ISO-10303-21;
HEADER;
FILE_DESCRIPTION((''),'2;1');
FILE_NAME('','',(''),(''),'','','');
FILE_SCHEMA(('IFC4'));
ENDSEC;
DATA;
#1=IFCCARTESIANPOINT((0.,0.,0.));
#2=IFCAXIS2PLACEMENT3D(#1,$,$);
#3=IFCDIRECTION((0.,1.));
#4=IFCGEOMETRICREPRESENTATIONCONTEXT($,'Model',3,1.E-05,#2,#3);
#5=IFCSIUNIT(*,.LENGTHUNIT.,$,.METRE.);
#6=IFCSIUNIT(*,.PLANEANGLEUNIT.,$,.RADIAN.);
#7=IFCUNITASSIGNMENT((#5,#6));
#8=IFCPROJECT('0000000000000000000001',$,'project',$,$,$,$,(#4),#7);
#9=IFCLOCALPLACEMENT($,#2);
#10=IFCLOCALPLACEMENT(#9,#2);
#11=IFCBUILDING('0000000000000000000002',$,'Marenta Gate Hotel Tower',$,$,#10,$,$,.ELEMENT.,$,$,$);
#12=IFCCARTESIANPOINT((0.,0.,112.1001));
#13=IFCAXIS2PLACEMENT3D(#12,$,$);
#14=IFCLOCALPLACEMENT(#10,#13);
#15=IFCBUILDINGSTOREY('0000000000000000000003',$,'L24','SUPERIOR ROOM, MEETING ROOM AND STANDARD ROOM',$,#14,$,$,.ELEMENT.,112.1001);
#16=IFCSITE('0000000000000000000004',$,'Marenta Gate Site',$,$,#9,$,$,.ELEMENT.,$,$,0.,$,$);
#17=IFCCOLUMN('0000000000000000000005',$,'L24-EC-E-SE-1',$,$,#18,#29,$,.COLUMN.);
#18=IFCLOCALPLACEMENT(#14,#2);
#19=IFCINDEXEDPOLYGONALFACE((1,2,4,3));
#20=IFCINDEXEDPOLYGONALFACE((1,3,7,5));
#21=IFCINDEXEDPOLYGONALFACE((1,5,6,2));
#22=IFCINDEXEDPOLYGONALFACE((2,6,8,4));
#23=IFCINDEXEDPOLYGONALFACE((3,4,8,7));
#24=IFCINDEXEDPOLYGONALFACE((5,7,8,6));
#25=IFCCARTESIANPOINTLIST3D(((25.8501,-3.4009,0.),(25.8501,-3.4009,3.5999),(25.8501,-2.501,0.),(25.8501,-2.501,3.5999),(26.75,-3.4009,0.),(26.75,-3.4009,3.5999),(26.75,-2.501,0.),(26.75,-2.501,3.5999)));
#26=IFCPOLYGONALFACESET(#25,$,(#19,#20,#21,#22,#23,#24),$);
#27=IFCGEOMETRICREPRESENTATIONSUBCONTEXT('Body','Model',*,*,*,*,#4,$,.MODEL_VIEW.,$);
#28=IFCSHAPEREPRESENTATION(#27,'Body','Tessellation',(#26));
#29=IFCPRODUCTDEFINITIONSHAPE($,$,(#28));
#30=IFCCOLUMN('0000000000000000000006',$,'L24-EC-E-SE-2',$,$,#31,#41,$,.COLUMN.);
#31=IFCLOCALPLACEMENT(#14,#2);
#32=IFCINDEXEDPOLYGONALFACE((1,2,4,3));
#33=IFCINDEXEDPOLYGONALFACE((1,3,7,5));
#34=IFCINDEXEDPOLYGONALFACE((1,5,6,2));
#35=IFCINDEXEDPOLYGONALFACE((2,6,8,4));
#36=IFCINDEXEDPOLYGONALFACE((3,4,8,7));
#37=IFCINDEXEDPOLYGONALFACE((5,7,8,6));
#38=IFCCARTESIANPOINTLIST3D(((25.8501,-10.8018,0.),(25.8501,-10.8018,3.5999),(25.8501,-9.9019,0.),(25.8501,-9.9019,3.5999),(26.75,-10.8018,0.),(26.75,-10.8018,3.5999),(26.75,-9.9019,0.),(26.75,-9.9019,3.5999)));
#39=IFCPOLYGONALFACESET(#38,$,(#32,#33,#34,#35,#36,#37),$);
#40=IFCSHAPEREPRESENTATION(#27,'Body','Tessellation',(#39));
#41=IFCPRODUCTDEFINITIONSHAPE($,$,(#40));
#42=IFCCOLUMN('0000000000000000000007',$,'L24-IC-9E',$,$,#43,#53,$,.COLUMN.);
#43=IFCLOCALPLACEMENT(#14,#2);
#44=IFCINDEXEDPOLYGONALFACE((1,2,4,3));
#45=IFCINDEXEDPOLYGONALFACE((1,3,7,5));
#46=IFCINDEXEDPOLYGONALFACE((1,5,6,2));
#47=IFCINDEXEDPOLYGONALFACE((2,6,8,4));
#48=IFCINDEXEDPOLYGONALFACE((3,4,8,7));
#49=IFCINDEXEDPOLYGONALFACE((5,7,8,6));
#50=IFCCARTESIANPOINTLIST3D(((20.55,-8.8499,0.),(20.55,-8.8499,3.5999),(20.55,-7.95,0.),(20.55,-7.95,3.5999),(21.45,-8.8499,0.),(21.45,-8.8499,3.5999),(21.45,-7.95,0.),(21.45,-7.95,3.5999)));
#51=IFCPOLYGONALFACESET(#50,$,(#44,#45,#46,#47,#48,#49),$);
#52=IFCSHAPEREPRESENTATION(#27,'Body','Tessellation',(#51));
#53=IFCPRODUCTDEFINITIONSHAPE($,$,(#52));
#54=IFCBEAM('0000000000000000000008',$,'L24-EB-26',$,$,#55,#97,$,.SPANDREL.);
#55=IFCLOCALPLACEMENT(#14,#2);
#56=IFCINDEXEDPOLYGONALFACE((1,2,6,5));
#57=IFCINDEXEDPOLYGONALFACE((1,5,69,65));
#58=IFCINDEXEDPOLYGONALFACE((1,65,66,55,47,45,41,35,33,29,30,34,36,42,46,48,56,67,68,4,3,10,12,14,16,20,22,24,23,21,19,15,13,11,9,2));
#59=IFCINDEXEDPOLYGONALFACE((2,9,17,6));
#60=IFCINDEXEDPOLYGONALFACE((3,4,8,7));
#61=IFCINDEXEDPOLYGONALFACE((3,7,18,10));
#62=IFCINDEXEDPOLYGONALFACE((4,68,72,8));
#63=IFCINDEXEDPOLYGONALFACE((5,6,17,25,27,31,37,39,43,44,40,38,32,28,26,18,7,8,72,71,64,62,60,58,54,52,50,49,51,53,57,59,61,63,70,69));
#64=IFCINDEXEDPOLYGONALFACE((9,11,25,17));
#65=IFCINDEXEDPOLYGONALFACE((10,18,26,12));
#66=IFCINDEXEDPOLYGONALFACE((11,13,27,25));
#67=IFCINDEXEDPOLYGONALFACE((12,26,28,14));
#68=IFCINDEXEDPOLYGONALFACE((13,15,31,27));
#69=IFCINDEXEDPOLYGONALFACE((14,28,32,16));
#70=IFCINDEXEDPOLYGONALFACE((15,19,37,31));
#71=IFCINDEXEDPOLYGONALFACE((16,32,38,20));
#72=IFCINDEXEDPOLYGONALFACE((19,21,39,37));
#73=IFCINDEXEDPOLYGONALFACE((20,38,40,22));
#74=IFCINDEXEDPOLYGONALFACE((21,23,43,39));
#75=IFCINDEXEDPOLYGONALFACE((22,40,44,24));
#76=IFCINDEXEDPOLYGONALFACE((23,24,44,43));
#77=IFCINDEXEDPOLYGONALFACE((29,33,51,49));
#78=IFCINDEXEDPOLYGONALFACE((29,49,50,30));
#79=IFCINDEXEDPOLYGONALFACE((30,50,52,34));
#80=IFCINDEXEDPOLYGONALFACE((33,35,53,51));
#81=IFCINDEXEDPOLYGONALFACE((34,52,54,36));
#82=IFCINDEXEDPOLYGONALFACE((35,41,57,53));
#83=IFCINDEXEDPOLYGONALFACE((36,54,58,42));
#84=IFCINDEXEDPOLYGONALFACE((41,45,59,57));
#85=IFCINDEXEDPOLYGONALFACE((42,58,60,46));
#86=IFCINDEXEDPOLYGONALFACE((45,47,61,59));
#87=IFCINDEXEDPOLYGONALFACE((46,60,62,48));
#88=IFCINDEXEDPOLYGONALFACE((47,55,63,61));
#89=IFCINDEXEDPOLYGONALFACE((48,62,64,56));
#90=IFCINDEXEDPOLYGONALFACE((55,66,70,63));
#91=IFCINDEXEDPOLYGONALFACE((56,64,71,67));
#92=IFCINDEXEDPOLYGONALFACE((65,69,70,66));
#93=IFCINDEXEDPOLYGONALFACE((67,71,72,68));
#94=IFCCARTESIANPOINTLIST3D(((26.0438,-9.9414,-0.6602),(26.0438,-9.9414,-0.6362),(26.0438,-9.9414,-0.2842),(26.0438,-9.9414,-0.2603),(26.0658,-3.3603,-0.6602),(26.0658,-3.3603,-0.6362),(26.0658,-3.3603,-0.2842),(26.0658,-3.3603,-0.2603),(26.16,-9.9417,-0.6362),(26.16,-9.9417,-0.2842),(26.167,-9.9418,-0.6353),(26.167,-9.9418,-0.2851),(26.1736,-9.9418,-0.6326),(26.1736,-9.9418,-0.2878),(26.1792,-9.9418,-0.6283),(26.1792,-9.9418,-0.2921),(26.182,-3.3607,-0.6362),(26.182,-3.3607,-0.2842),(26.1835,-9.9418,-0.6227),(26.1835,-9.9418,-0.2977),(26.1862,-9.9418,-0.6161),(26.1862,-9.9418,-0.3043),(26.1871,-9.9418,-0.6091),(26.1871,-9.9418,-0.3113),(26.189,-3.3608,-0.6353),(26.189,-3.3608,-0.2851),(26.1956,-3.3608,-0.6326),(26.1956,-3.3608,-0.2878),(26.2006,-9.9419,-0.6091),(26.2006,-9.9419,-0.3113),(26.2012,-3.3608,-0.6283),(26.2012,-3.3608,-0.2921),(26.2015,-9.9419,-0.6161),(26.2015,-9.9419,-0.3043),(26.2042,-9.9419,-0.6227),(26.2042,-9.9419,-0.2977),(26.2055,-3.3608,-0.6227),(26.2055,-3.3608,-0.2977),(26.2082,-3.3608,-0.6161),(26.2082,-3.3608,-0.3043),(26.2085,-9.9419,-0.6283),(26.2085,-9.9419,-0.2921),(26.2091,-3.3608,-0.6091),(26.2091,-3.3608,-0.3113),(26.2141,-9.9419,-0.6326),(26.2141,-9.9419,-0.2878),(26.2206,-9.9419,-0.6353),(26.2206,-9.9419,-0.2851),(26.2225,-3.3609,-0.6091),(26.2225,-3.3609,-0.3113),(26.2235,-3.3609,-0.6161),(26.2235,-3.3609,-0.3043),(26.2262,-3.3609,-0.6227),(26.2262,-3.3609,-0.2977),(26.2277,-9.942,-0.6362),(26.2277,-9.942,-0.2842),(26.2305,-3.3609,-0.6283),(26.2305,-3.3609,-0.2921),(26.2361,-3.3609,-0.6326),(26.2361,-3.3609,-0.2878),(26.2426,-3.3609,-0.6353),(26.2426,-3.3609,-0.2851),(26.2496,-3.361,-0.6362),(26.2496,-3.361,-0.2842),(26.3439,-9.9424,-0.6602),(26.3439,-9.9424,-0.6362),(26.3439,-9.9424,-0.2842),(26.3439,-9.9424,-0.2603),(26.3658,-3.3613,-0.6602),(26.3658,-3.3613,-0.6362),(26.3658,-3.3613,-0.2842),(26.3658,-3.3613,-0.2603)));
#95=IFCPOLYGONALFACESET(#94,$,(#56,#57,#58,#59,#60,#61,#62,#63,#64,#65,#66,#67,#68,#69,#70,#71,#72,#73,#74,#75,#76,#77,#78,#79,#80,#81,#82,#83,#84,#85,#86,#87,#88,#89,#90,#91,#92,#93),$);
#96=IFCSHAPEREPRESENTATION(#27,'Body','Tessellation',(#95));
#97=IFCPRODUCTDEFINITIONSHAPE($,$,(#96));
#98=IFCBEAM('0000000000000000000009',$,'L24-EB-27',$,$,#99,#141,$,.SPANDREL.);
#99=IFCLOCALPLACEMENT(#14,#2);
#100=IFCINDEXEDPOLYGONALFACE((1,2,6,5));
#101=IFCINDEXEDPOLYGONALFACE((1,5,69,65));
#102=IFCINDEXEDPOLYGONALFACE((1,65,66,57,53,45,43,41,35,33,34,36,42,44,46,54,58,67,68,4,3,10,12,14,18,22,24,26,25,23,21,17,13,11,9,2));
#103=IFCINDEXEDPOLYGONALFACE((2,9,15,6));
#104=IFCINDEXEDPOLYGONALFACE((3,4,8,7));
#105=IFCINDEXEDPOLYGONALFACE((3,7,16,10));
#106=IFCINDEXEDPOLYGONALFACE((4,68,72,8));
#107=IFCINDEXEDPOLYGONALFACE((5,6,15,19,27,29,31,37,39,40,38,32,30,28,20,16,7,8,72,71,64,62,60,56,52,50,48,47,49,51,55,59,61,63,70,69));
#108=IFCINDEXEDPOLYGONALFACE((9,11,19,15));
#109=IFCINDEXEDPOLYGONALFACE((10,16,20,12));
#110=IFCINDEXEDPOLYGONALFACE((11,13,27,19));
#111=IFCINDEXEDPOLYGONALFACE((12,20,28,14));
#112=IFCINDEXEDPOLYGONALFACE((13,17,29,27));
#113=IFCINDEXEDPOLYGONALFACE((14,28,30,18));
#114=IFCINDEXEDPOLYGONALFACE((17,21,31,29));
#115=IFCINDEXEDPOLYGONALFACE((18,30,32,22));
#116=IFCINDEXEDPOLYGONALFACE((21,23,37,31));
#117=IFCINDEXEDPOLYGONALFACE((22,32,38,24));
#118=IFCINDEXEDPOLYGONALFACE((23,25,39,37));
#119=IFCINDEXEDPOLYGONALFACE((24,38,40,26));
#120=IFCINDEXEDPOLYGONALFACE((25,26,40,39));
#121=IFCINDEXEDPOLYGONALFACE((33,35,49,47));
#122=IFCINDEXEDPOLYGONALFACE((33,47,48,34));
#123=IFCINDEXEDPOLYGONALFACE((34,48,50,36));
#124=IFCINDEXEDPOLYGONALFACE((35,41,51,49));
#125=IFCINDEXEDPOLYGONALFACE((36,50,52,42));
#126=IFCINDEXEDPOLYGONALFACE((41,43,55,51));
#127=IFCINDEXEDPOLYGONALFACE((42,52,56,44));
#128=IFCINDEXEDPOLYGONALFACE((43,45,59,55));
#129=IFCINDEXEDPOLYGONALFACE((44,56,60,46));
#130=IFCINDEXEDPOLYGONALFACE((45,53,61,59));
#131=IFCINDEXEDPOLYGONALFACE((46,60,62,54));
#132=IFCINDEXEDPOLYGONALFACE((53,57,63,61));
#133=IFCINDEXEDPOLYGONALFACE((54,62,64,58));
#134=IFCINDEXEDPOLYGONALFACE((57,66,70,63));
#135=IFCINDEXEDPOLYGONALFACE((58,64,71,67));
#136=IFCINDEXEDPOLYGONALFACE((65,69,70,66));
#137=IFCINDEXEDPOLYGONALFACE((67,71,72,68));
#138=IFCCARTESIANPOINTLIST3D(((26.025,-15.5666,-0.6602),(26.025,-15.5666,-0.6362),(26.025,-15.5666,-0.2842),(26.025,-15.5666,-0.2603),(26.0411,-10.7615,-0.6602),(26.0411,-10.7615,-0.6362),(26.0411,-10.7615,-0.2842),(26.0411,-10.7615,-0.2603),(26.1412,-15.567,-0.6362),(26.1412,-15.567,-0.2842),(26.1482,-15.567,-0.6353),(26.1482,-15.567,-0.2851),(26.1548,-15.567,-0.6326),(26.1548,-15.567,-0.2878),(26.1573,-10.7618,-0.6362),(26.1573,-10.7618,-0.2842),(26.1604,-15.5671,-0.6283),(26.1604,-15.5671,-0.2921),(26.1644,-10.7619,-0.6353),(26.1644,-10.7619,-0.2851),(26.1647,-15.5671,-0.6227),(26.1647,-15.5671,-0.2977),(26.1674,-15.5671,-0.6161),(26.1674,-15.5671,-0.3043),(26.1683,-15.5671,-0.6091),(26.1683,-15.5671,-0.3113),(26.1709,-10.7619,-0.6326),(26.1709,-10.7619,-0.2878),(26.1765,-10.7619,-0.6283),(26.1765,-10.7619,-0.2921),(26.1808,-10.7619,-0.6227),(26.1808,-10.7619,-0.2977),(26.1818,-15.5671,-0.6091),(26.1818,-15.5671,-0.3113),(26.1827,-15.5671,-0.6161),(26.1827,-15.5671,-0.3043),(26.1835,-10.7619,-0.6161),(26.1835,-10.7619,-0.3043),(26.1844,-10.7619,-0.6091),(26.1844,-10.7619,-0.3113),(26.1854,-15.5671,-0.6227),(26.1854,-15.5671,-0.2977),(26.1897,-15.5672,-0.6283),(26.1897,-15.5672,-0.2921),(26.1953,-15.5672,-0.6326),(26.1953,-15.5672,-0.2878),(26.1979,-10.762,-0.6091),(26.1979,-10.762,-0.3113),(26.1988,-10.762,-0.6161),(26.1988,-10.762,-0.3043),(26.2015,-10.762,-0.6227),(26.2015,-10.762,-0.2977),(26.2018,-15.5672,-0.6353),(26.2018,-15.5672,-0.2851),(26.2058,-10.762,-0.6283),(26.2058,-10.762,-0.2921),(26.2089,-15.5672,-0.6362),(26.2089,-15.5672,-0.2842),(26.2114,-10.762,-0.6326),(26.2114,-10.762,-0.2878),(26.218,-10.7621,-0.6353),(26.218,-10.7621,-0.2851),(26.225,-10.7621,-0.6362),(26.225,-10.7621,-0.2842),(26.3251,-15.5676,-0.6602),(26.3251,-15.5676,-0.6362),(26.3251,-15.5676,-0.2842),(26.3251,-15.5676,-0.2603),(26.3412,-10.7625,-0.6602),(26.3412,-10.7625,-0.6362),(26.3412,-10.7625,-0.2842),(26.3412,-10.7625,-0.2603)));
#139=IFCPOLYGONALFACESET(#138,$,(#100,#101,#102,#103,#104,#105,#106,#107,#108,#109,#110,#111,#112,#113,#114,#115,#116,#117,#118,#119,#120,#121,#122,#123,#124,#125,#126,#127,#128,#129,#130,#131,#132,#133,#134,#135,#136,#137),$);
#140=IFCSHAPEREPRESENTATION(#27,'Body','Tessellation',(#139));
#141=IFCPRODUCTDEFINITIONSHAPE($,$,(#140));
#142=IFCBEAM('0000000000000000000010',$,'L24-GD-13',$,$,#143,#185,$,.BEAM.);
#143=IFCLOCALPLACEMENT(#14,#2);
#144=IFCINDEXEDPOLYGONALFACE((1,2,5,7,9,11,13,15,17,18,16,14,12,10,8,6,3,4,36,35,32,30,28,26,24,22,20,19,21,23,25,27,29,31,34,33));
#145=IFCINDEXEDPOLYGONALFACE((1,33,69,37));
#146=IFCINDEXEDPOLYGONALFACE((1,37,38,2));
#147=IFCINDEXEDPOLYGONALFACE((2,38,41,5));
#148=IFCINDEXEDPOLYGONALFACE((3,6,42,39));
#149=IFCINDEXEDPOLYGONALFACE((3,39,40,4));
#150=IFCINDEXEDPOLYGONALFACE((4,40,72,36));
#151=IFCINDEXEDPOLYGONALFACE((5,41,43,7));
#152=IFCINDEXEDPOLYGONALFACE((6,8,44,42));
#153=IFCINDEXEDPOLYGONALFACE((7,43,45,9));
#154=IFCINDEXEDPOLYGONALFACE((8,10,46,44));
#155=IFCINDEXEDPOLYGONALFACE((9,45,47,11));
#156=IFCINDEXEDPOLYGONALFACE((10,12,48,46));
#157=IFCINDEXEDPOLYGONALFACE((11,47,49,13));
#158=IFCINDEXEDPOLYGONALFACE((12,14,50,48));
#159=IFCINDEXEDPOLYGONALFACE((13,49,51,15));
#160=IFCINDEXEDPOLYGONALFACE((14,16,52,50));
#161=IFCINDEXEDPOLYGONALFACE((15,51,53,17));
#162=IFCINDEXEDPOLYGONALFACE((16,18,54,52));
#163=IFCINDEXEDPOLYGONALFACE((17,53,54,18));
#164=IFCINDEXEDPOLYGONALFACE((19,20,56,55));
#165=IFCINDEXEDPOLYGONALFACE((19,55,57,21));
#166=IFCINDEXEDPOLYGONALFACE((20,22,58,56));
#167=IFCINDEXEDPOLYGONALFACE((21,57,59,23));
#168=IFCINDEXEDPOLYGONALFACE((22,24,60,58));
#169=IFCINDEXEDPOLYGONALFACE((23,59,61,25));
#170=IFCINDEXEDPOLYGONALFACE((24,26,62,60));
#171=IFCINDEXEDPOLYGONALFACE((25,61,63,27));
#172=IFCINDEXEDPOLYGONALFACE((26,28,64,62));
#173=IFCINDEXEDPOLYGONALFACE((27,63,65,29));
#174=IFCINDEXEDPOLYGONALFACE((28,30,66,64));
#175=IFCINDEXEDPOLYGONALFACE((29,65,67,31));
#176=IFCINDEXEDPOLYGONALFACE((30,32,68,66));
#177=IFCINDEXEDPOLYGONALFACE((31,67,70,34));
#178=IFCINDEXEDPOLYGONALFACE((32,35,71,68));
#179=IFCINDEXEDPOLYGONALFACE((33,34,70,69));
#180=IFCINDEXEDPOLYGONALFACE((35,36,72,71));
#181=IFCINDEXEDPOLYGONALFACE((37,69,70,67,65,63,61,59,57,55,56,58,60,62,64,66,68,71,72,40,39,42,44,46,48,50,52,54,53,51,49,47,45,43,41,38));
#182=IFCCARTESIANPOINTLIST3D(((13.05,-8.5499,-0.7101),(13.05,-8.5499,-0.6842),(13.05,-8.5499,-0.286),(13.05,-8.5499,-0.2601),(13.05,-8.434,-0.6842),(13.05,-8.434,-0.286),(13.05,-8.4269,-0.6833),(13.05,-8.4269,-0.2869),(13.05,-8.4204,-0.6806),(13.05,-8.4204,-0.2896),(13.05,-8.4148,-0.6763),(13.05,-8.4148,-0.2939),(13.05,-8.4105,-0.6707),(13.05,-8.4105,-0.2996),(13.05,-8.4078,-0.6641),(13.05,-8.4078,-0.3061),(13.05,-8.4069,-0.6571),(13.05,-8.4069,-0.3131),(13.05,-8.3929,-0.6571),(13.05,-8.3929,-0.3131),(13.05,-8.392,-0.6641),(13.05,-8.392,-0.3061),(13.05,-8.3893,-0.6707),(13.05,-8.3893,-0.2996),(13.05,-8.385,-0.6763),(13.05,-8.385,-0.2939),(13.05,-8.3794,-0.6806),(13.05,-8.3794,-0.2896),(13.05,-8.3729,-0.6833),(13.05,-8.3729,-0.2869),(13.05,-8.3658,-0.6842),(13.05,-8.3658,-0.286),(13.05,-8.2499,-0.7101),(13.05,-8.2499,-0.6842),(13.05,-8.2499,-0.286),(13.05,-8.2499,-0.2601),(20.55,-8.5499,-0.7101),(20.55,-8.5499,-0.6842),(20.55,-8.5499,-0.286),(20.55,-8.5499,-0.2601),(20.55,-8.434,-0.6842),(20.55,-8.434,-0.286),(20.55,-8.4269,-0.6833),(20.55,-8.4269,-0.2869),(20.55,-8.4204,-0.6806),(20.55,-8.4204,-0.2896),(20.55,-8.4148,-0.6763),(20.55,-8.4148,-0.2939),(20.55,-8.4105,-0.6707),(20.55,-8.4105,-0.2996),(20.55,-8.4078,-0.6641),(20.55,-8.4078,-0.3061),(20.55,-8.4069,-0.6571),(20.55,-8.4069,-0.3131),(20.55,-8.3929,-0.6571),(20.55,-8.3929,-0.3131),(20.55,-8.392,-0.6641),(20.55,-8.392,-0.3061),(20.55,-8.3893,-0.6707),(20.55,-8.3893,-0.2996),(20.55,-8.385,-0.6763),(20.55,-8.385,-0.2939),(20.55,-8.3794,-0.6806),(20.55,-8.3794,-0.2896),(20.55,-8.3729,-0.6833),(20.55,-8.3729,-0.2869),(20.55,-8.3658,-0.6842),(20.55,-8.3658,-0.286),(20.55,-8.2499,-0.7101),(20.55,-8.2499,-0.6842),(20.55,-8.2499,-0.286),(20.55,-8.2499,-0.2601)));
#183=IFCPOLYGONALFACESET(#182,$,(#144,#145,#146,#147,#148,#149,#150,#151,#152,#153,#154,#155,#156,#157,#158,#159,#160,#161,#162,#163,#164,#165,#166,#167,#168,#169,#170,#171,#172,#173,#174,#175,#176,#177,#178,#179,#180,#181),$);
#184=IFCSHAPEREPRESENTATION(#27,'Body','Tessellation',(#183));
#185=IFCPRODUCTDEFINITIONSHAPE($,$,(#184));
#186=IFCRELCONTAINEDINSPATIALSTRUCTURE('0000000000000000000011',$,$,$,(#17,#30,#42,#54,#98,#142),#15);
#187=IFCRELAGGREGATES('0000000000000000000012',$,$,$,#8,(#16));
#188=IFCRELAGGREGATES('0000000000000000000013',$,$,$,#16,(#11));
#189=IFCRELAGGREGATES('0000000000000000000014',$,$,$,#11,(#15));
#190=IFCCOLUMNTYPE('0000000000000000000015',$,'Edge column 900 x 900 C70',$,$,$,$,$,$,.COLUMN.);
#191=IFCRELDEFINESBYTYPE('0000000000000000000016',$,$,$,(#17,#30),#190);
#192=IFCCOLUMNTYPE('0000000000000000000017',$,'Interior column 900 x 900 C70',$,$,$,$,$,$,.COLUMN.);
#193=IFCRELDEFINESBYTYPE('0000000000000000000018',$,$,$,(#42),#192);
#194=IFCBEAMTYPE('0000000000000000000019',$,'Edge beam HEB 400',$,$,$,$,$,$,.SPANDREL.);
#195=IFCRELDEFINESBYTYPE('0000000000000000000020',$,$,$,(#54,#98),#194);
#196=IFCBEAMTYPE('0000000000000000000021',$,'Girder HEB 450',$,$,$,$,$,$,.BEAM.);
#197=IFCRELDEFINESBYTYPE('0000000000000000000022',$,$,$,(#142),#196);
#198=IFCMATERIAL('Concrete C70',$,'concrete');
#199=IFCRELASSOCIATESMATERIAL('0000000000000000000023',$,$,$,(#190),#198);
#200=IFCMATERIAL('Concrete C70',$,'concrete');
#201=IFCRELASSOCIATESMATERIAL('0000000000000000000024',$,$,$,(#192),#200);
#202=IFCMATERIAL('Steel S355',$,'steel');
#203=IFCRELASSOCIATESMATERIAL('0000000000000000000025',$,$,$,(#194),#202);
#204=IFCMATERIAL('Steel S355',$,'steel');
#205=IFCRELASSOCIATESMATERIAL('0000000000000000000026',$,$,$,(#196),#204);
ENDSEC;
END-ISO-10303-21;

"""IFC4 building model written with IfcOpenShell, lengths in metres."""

from ifc_helpers import new_model, si_unit, direction, frame, origin, origin_2d, place, context, subcontext, project, spatial, rectangle, i_section, extrude, material, material_profile, profile_set, type_object, element, save


model = new_model("IFC4")

# Units and contexts
model_context = context("Model", 3, precision=1e-05, world=origin(), true_north=direction((0.0, 1.0)))
body_context = subcontext(model_context, "Body", "Model", "MODEL_VIEW")
ifc_project = project(units=[si_unit("LENGTHUNIT", "METRE"), si_unit("PLANEANGLEUNIT", "RADIAN")], contexts=[model_context])

# Site, building, storey
site_placement = place(None, origin())
site = spatial("IfcSite", under=ifc_project, at=site_placement, Name="Marenta Gate Site", CompositionType="ELEMENT", RefElevation=0.0)
building_placement = place(site_placement, origin())
building = spatial("IfcBuilding", under=site, at=building_placement, Name="Marenta Gate Hotel Tower", CompositionType="ELEMENT")
storey_placement = place(building_placement, frame((0.0, 0.0, 112.1001)))
storey = spatial("IfcBuildingStorey", under=building, at=storey_placement, Name="L24", Description="SUPERIOR ROOM, MEETING ROOM AND STANDARD ROOM", CompositionType="ELEMENT", Elevation=112.1001)

# Columns
ifc_material_1 = material(Name="Concrete C70", Category="concrete")
ifc_material_profile_1 = material_profile(ifc_material_1, rectangle(XDim=0.8999, YDim=0.8999, at=origin_2d()), Name="900 x 900")
ifc_profile_set_1 = profile_set([ifc_material_profile_1], Name="Concrete C70")
column_type_1 = type_object("IfcColumnType", Name="Edge column 900 x 900 C70", PredefinedType="COLUMN", material=ifc_profile_set_1)
for number, where, z_axis, x_axis, name in (
    (1, (26.3, -2.9509, 0.0), (0.0, 0.0, 1.0), (1.0, 0.0, 0.0), "L24-EC-E-SE-1"),
    (2, (26.3, -10.3518, 0.0), (0.0, 0.0, 1.0), (1.0, 0.0, 0.0), "L24-EC-E-SE-2"),
):
    element("IfcColumn", number, at=place(storey_placement, frame(where, z_axis=z_axis, x_axis=x_axis)), inside=storey, type_object=column_type_1, Name=name, PredefinedType="COLUMN", context=body_context, shape_type="SweptSolid", body=[
        extrude(rectangle(XDim=0.8999, YDim=0.8999, at=origin_2d()), origin(), (0.0, 0.0, 1.0), 3.5999),
    ])
ifc_material_2 = material(Name="Concrete C70", Category="concrete")
ifc_material_profile_2 = material_profile(ifc_material_2, rectangle(XDim=0.8999, YDim=0.8999, at=origin_2d()), Name="900 x 900")
ifc_profile_set_2 = profile_set([ifc_material_profile_2], Name="Concrete C70")
column_type_2 = type_object("IfcColumnType", Name="Interior column 900 x 900 C70", PredefinedType="COLUMN", material=ifc_profile_set_2)
column_placement = place(storey_placement, frame((21.0, -8.3999, 0.0), z_axis=(0.0, 0.0, 1.0), x_axis=(1.0, 0.0, 0.0)))
element("IfcColumn", 3, at=column_placement, inside=storey, type_object=column_type_2, Name="L24-IC-9E", PredefinedType="COLUMN", context=body_context, shape_type="SweptSolid", body=[
    extrude(rectangle(XDim=0.8999, YDim=0.8999, at=origin_2d()), origin(), (0.0, 0.0, 1.0), 3.5999),
])

# Beams
ifc_material_3 = material(Name="Steel S355", Category="steel")
ifc_material_profile_3 = material_profile(ifc_material_3, i_section(OverallWidth=0.3, OverallDepth=0.3999, WebThickness=0.0134, FlangeThickness=0.0239, FilletRadius=0.0271, at=origin_2d()), Name="HEB 400")
ifc_profile_set_3 = profile_set([ifc_material_profile_3], Name="Steel S355")
beam_type_1 = type_object("IfcBeamType", Name="Edge beam HEB 400", PredefinedType="SPANDREL", material=ifc_profile_set_3)
beam_1_placement = place(storey_placement, frame((26.2158, -3.3608, -0.4602), z_axis=(-0.003339, -0.999994, 0.0), x_axis=(0.999994, -0.003339, 0.0)))
element("IfcBeam", 4, at=beam_1_placement, inside=storey, type_object=beam_type_1, Name="L24-EB-26", PredefinedType="SPANDREL", context=body_context, shape_type="SweptSolid", body=[
    extrude(i_section(OverallWidth=0.3, OverallDepth=0.3999, WebThickness=0.0134, FlangeThickness=0.0239, FilletRadius=0.0271, at=origin_2d()), origin(), (0.0, 0.0, 1.0), 6.5811),
])
beam_2_placement = place(storey_placement, frame((26.1912, -10.762, -0.4602), z_axis=(-0.003353, -0.999994, 0.0), x_axis=(0.999994, -0.003353, 0.0)))
element("IfcBeam", 5, at=beam_2_placement, inside=storey, type_object=beam_type_1, Name="L24-EB-27", PredefinedType="SPANDREL", context=body_context, shape_type="SweptSolid", body=[
    extrude(i_section(OverallWidth=0.3, OverallDepth=0.3999, WebThickness=0.0134, FlangeThickness=0.0239, FilletRadius=0.0271, at=origin_2d()), origin(), (0.0, 0.0, 1.0), 4.8052),
])
ifc_material_4 = material(Name="Steel S355", Category="steel")
ifc_material_profile_4 = material_profile(ifc_material_4, i_section(OverallWidth=0.3, OverallDepth=0.45, WebThickness=0.0139, FlangeThickness=0.0259, FilletRadius=0.0271, at=origin_2d()), Name="HEB 450")
ifc_profile_set_4 = profile_set([ifc_material_profile_4], Name="Steel S355")
beam_type_2 = type_object("IfcBeamType", Name="Girder HEB 450", PredefinedType="BEAM", material=ifc_profile_set_4)
beam_3_placement = place(storey_placement, frame((13.05, -8.3999, -0.4851), z_axis=(1.0, 0.0, 0.0), x_axis=(0.0, 1.0, 0.0)))
element("IfcBeam", 6, at=beam_3_placement, inside=storey, type_object=beam_type_2, Name="L24-GD-13", PredefinedType="BEAM", context=body_context, shape_type="SweptSolid", body=[
    extrude(i_section(OverallWidth=0.3, OverallDepth=0.45, WebThickness=0.0139, FlangeThickness=0.0259, FilletRadius=0.0271, at=origin_2d()), origin(), (0.0, 0.0, 1.0), 7.5),
])

save(model, "model.ifc")
